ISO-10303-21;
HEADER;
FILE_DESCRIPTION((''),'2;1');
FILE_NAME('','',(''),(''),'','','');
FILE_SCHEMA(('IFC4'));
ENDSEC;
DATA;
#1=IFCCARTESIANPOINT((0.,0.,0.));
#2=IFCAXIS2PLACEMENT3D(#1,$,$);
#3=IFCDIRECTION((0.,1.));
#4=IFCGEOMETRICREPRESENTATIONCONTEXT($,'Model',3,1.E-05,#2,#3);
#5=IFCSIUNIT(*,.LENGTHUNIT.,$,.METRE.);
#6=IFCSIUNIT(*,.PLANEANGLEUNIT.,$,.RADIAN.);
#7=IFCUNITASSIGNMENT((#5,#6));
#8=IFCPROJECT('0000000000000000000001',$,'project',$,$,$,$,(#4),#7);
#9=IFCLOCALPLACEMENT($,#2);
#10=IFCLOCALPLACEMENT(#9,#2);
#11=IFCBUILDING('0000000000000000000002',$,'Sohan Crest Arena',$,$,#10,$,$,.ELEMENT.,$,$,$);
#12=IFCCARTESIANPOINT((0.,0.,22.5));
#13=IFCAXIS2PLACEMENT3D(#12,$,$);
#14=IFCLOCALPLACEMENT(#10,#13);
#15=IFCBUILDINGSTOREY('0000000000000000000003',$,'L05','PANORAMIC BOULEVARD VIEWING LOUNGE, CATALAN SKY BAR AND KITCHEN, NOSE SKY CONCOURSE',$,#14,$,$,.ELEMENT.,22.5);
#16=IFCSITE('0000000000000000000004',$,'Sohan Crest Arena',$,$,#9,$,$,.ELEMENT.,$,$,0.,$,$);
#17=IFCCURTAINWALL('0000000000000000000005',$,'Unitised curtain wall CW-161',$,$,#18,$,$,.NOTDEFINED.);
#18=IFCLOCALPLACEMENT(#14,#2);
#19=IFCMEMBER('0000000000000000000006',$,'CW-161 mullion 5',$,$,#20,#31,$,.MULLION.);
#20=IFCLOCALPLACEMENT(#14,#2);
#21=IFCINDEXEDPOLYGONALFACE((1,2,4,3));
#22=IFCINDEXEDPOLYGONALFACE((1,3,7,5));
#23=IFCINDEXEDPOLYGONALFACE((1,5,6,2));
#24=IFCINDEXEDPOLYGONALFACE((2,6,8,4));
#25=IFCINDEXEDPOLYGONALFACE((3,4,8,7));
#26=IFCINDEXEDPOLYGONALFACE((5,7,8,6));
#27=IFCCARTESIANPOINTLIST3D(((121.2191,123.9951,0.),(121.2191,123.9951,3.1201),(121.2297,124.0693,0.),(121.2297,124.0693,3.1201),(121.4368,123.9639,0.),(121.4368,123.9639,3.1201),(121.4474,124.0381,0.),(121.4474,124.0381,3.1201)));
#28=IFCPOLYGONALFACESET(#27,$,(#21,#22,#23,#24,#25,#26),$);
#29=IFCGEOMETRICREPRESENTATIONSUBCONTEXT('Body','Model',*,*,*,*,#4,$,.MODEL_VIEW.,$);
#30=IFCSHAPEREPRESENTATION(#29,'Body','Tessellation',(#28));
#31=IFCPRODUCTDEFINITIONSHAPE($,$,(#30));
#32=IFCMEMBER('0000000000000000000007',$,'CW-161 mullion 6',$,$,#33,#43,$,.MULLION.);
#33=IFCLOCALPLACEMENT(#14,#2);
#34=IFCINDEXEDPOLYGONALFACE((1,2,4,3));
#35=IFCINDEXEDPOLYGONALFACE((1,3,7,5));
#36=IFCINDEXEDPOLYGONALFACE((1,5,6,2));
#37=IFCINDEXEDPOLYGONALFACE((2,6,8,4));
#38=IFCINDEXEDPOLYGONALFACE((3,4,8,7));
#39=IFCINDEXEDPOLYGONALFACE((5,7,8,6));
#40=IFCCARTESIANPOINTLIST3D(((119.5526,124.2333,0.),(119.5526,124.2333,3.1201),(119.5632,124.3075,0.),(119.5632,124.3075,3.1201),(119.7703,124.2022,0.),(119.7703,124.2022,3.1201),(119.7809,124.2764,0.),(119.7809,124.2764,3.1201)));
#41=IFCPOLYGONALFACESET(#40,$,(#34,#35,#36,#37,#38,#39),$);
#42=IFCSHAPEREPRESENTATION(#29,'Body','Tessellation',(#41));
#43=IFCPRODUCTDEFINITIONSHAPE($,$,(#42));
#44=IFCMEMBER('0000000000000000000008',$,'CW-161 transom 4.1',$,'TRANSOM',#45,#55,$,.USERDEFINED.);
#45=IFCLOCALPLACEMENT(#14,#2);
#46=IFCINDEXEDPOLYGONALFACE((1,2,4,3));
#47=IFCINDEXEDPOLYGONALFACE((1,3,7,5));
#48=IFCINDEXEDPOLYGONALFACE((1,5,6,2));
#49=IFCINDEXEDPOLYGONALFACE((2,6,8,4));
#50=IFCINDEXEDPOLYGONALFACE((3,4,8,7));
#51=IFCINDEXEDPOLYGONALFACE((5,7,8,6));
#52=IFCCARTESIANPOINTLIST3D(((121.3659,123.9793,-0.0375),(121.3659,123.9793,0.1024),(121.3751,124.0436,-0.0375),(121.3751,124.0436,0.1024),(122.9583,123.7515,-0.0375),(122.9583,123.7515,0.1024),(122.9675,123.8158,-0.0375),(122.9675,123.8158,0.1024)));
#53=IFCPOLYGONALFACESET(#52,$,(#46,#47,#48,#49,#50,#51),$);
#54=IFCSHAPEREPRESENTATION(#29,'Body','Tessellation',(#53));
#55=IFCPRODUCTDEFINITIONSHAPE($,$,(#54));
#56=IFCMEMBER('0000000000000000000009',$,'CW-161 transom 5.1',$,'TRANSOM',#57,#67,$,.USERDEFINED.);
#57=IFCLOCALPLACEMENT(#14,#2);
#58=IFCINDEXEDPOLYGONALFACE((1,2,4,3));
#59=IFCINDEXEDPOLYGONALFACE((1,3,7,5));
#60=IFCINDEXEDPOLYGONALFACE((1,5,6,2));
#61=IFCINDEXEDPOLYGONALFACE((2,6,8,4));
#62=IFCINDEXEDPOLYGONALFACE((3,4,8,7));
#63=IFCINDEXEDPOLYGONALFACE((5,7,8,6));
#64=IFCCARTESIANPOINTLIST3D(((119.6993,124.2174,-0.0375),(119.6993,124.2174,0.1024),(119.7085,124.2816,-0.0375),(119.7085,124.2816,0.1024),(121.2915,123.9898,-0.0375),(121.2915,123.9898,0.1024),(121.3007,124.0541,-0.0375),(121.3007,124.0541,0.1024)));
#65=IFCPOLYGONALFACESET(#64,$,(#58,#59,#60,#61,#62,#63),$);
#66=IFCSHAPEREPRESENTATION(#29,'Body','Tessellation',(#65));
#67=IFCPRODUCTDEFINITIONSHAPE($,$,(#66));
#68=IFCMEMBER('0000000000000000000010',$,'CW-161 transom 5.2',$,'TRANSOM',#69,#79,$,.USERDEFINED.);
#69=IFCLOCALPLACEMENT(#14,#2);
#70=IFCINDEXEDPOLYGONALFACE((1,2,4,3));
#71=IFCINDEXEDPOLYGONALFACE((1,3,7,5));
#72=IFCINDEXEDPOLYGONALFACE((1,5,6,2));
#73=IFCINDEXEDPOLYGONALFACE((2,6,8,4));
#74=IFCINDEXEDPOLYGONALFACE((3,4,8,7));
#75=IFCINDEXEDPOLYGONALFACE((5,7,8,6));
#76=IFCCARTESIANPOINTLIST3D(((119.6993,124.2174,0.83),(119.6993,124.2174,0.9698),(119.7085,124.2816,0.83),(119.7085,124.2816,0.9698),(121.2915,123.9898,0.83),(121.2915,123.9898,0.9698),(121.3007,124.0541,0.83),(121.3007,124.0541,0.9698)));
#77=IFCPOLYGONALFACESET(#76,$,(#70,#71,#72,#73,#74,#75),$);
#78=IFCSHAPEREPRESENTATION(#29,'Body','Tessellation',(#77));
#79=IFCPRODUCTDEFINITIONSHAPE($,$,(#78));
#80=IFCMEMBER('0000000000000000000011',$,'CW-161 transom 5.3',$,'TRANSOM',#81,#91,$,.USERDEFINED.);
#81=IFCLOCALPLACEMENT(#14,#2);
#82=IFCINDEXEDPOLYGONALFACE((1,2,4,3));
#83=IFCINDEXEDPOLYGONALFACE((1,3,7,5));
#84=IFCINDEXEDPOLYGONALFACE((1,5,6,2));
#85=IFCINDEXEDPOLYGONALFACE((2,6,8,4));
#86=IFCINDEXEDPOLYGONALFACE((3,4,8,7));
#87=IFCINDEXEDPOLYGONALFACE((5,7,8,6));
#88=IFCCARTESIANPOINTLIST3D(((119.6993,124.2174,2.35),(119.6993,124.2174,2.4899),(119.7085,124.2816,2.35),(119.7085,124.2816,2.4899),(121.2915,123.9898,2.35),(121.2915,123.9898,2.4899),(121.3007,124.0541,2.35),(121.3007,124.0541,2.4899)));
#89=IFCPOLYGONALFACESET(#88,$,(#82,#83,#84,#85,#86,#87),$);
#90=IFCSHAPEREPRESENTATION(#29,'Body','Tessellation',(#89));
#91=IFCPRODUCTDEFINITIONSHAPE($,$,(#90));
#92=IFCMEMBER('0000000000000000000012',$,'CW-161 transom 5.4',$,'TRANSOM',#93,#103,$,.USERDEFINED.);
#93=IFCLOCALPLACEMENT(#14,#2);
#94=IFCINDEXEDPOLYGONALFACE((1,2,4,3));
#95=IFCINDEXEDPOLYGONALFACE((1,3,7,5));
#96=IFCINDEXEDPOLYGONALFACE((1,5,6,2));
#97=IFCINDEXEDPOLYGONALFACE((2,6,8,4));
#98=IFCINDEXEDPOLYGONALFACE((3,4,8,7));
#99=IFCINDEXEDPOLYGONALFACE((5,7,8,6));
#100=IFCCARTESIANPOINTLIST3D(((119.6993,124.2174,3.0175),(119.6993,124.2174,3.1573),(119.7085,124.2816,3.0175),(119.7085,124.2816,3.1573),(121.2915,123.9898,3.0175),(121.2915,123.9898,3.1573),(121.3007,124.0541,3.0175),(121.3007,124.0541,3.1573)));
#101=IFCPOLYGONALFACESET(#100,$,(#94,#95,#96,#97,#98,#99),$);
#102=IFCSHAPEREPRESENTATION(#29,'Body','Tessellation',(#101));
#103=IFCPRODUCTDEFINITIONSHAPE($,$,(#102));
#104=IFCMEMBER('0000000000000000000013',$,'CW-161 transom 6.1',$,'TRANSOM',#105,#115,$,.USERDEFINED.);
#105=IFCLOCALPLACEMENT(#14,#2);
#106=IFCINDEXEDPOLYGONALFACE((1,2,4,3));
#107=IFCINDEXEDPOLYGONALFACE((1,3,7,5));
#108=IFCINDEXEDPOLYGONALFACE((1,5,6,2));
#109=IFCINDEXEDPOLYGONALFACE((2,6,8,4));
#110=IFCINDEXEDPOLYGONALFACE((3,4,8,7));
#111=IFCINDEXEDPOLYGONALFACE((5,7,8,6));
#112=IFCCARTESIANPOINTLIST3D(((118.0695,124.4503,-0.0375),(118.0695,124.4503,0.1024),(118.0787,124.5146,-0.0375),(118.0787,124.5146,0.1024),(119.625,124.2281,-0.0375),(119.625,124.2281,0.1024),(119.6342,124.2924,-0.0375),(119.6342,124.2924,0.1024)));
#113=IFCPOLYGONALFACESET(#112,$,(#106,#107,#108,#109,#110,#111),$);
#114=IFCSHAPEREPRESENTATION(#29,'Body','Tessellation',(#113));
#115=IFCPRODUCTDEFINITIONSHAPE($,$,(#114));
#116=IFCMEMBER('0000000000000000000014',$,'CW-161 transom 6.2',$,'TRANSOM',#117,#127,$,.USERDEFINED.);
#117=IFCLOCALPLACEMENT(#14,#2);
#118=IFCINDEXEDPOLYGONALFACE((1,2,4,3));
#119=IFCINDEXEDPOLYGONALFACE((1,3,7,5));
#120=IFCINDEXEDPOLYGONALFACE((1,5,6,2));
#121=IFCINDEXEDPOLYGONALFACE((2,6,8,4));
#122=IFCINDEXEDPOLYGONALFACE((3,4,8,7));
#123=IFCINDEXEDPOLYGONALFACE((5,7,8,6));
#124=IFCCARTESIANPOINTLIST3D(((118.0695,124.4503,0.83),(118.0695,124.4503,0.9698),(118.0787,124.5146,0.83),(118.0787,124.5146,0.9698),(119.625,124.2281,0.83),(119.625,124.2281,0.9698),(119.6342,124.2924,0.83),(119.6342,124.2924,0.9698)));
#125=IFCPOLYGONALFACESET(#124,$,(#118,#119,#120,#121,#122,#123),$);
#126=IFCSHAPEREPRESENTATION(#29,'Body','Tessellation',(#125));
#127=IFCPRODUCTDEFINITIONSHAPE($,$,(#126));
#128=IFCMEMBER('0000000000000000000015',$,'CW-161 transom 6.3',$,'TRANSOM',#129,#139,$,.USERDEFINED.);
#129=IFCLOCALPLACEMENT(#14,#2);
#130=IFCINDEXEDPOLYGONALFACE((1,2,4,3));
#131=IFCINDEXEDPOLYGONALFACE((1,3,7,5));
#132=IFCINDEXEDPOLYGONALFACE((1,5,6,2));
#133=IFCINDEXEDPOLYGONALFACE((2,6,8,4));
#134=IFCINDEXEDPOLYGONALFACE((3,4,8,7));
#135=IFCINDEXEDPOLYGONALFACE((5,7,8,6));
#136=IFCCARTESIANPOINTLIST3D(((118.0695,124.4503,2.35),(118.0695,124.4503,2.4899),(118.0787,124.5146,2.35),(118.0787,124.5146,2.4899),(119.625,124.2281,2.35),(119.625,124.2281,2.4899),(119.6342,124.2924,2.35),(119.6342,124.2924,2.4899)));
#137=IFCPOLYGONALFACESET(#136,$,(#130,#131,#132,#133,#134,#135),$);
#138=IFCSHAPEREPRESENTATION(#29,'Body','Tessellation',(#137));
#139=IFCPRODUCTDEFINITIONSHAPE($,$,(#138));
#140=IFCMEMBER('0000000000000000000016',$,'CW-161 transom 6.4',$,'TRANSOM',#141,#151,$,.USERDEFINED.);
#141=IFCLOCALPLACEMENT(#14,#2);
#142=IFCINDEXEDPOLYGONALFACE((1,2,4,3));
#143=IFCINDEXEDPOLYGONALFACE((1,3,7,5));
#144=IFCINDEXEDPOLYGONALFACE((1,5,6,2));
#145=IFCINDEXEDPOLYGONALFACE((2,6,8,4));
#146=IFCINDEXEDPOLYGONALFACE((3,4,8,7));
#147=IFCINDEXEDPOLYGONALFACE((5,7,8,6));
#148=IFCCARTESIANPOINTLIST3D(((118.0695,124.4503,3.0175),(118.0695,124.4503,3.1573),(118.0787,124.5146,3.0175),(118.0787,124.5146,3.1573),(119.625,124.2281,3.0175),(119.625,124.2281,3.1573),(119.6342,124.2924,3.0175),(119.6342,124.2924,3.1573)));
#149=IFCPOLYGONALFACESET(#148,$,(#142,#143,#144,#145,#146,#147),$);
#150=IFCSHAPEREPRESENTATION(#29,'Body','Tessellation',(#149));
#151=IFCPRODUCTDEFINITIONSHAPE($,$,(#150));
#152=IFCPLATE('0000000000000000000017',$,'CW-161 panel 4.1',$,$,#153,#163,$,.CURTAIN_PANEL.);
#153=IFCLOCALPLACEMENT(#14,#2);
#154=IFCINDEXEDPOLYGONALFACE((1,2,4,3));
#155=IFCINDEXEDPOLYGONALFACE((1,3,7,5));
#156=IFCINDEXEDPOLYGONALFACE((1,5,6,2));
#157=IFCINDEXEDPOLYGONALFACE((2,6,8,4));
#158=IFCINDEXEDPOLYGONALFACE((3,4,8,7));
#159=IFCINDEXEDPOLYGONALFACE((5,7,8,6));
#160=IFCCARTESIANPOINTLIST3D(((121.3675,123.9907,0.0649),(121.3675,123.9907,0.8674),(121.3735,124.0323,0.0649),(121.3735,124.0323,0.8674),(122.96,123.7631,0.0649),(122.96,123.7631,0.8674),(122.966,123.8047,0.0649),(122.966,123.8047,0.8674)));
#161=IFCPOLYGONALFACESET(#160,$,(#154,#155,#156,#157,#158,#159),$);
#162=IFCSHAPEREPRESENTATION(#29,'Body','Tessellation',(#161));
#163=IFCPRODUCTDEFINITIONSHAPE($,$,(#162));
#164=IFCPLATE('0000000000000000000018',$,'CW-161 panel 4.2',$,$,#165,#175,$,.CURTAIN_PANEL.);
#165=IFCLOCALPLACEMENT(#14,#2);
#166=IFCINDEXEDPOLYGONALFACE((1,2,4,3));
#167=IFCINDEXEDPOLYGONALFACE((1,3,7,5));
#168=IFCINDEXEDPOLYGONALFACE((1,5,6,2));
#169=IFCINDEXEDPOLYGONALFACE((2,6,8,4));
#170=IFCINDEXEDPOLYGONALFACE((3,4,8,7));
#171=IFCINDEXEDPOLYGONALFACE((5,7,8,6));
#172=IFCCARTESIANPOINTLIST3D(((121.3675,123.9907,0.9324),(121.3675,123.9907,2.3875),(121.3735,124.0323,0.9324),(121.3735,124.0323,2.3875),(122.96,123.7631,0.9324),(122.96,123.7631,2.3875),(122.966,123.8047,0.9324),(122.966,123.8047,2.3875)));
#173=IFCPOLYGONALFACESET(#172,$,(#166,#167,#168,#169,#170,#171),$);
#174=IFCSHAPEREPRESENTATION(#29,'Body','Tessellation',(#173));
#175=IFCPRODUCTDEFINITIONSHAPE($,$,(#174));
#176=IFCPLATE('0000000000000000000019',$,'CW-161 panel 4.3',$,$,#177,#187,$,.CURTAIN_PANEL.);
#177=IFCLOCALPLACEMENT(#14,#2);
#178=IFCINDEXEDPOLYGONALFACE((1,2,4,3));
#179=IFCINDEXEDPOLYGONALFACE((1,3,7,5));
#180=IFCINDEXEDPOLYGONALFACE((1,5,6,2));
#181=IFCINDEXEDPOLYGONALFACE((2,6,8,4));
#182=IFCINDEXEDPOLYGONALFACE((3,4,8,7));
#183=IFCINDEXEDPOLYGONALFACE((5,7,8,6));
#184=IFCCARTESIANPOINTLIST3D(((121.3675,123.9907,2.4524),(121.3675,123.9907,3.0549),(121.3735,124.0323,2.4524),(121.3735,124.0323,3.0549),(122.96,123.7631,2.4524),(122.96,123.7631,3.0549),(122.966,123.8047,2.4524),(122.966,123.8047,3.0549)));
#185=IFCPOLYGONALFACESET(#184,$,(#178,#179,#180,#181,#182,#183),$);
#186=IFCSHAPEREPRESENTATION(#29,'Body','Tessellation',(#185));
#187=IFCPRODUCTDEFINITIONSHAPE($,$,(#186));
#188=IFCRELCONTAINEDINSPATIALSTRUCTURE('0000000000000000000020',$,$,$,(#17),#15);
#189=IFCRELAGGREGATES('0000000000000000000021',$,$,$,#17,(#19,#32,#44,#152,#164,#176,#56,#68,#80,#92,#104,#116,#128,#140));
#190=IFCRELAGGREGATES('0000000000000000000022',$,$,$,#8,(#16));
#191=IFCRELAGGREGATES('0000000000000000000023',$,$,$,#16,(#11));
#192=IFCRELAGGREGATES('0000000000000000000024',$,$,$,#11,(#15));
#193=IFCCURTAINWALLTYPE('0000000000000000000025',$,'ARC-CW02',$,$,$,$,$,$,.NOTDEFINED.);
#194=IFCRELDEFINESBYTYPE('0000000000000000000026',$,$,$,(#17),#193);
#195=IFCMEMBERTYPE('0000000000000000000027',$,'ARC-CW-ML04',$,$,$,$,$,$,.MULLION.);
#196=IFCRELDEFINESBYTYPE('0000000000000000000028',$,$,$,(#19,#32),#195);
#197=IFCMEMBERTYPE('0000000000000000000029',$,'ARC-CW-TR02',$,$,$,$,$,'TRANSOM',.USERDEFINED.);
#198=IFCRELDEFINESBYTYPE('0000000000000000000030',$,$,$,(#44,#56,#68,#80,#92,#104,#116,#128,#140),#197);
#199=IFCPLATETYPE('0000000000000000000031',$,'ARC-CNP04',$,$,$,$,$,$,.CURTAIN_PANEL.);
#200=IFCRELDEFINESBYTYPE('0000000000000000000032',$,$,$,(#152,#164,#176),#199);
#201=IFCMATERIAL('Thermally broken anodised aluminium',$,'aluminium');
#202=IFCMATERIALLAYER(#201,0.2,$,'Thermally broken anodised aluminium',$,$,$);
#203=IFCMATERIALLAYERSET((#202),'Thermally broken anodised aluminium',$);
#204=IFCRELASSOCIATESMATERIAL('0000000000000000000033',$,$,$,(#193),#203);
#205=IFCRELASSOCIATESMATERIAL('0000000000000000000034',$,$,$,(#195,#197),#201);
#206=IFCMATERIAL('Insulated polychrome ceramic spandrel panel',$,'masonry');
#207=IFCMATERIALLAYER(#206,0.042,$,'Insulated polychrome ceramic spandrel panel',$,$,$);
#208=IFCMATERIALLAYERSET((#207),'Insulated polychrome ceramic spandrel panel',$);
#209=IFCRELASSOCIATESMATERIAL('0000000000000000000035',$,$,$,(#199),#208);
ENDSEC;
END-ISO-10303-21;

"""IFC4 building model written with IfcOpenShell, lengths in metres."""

from ifc_helpers import new_model, si_unit, direction, frame, origin, origin_2d, place, context, subcontext, project, spatial, rectangle, extrude, material, layer, layer_set, material_profile, profile_set, type_object, element, aggregate, save


model = new_model("IFC4")

# Units and contexts
model_context = context("Model", 3, precision=1e-05, world=origin(), true_north=direction((0.0, 1.0)))
body_context = subcontext(model_context, "Body", "Model", "MODEL_VIEW")
ifc_project = project(units=[si_unit("LENGTHUNIT", "METRE"), si_unit("PLANEANGLEUNIT", "RADIAN")], contexts=[model_context])

# Site, building, storey
site_placement = place(None, origin())
site = spatial("IfcSite", under=ifc_project, at=site_placement, Name="Sohan Crest Arena", CompositionType="ELEMENT", RefElevation=0.0)
building_placement = place(site_placement, origin())
building = spatial("IfcBuilding", under=site, at=building_placement, Name="Sohan Crest Arena", CompositionType="ELEMENT")
storey_placement = place(building_placement, frame((0.0, 0.0, 22.5)))
storey = spatial("IfcBuildingStorey", under=building, at=storey_placement, Name="L05", Description="PANORAMIC BOULEVARD VIEWING LOUNGE, CATALAN SKY BAR AND KITCHEN, NOSE SKY CONCOURSE", CompositionType="ELEMENT", Elevation=22.5)

# Curtain wall, members, plates
ifc_material_1 = material(Name="Thermally broken anodised aluminium", Category="aluminium")
ifc_layer_1 = layer(ifc_material_1, 0.2, Name="Thermally broken anodised aluminium")
ifc_layer_set_1 = layer_set([ifc_layer_1], Name="Thermally broken anodised aluminium")
curtain_wall_type = type_object("IfcCurtainWallType", Name="ARC-CW02", PredefinedType="NOTDEFINED", material=ifc_layer_set_1)
curtain_wall_placement = place(storey_placement, origin())
curtain_wall = element("IfcCurtainWall", 1, at=curtain_wall_placement, inside=storey, type_object=curtain_wall_type, Name="Unitised curtain wall CW-161", PredefinedType="NOTDEFINED")
ifc_material_profile_1 = material_profile(ifc_material_1, rectangle(XDim=0.075, YDim=0.22, at=origin_2d()), Name="ALU-MULL 75x220")
ifc_profile_set_1 = profile_set([ifc_material_profile_1], Name="Thermally broken anodised aluminium")
member_type_1 = type_object("IfcMemberType", Name="ARC-CW-ML04", PredefinedType="MULLION", material=ifc_profile_set_1)
member_1_placement = place(storey_placement, frame((121.3333, 124.0166, 0.0), z_axis=(0.0, 0.0, 1.0), x_axis=(-0.141463, -0.989944, 0.0)))
member_1 = element("IfcMember", 2, at=member_1_placement, type_object=member_type_1, Name="CW-161 mullion 5", PredefinedType="MULLION", context=body_context, shape_type="SweptSolid", body=[
    extrude(rectangle(XDim=0.075, YDim=0.22, at=origin_2d()), origin(), (0.0, 0.0, 1.0), 3.1201),
])
member_2_placement = place(storey_placement, frame((119.6667, 124.2549, 0.0), z_axis=(0.0, 0.0, 1.0), x_axis=(-0.141463, -0.989944, 0.0)))
member_2 = element("IfcMember", 3, at=member_2_placement, type_object=member_type_1, Name="CW-161 mullion 6", PredefinedType="MULLION", context=body_context, shape_type="SweptSolid", body=[
    extrude(rectangle(XDim=0.075, YDim=0.22, at=origin_2d()), origin(), (0.0, 0.0, 1.0), 3.1201),
])
ifc_material_profile_2 = material_profile(ifc_material_1, rectangle(XDim=0.0649, YDim=0.1399, at=origin_2d()), Name="ALU-TRAN 65x140")
ifc_profile_set_2 = profile_set([ifc_material_profile_2], Name="Thermally broken anodised aluminium")
member_type_2 = type_object("IfcMemberType", Name="ARC-CW-TR02", ElementType="TRANSOM", PredefinedType="USERDEFINED", material=ifc_profile_set_2)
member_3_placement = place(storey_placement, frame((122.9629, 123.7837, 0.0325), z_axis=(-0.989925, 0.141591, 0.0), x_axis=(-0.141591, -0.989925, 0.0)))
member_3 = element("IfcMember", 4, at=member_3_placement, type_object=member_type_2, Name="CW-161 transom 4.1", ObjectType="TRANSOM", PredefinedType="USERDEFINED", context=body_context, shape_type="SweptSolid", body=[
    extrude(rectangle(XDim=0.0649, YDim=0.1399, at=origin_2d()), origin(), (0.0, 0.0, 1.0), 1.6086),
])
member_4_placement = place(storey_placement, frame((121.2961, 124.022, 0.0325), z_axis=(-0.989943, 0.141464, 0.0), x_axis=(-0.141464, -0.989943, 0.0)))
member_4 = element("IfcMember", 5, at=member_4_placement, type_object=member_type_2, Name="CW-161 transom 5.1", ObjectType="TRANSOM", PredefinedType="USERDEFINED", context=body_context, shape_type="SweptSolid", body=[
    extrude(rectangle(XDim=0.0649, YDim=0.1399, at=origin_2d()), origin(), (0.0, 0.0, 1.0), 1.6084),
])
member_5_placement = place(storey_placement, frame((121.2961, 124.022, 0.8999), z_axis=(-0.989943, 0.141464, 0.0), x_axis=(-0.141464, -0.989943, 0.0)))
member_5 = element("IfcMember", 6, at=member_5_placement, type_object=member_type_2, Name="CW-161 transom 5.2", ObjectType="TRANSOM", PredefinedType="USERDEFINED", context=body_context, shape_type="SweptSolid", body=[
    extrude(rectangle(XDim=0.0649, YDim=0.1399, at=origin_2d()), origin(), (0.0, 0.0, 1.0), 1.6084),
])
member_6_placement = place(storey_placement, frame((121.2961, 124.022, 2.4199), z_axis=(-0.989943, 0.141464, 0.0), x_axis=(-0.141464, -0.989943, 0.0)))
member_6 = element("IfcMember", 7, at=member_6_placement, type_object=member_type_2, Name="CW-161 transom 5.3", ObjectType="TRANSOM", PredefinedType="USERDEFINED", context=body_context, shape_type="SweptSolid", body=[
    extrude(rectangle(XDim=0.0649, YDim=0.1399, at=origin_2d()), origin(), (0.0, 0.0, 1.0), 1.6084),
])
member_7_placement = place(storey_placement, frame((121.2961, 124.022, 3.0874), z_axis=(-0.989943, 0.141464, 0.0), x_axis=(-0.141464, -0.989943, 0.0)))
member_7 = element("IfcMember", 8, at=member_7_placement, type_object=member_type_2, Name="CW-161 transom 5.4", ObjectType="TRANSOM", PredefinedType="USERDEFINED", context=body_context, shape_type="SweptSolid", body=[
    extrude(rectangle(XDim=0.0649, YDim=0.1399, at=origin_2d()), origin(), (0.0, 0.0, 1.0), 1.6084),
])
member_8_placement = place(storey_placement, frame((119.6296, 124.2603, 0.0325), z_axis=(-0.989953, 0.1414, 0.0), x_axis=(-0.1414, -0.989953, 0.0)))
member_8 = element("IfcMember", 9, at=member_8_placement, type_object=member_type_2, Name="CW-161 transom 6.1", ObjectType="TRANSOM", PredefinedType="USERDEFINED", context=body_context, shape_type="SweptSolid", body=[
    extrude(rectangle(XDim=0.0649, YDim=0.1399, at=origin_2d()), origin(), (0.0, 0.0, 1.0), 1.5713),
])
member_9_placement = place(storey_placement, frame((119.6296, 124.2603, 0.8999), z_axis=(-0.989953, 0.1414, 0.0), x_axis=(-0.1414, -0.989953, 0.0)))
member_9 = element("IfcMember", 10, at=member_9_placement, type_object=member_type_2, Name="CW-161 transom 6.2", ObjectType="TRANSOM", PredefinedType="USERDEFINED", context=body_context, shape_type="SweptSolid", body=[
    extrude(rectangle(XDim=0.0649, YDim=0.1399, at=origin_2d()), origin(), (0.0, 0.0, 1.0), 1.5713),
])
member_10_placement = place(storey_placement, frame((119.6296, 124.2603, 2.4199), z_axis=(-0.989953, 0.1414, 0.0), x_axis=(-0.1414, -0.989953, 0.0)))
member_10 = element("IfcMember", 11, at=member_10_placement, type_object=member_type_2, Name="CW-161 transom 6.3", ObjectType="TRANSOM", PredefinedType="USERDEFINED", context=body_context, shape_type="SweptSolid", body=[
    extrude(rectangle(XDim=0.0649, YDim=0.1399, at=origin_2d()), origin(), (0.0, 0.0, 1.0), 1.5713),
])
member_11_placement = place(storey_placement, frame((119.6296, 124.2603, 3.0874), z_axis=(-0.989953, 0.1414, 0.0), x_axis=(-0.1414, -0.989953, 0.0)))
member_11 = element("IfcMember", 12, at=member_11_placement, type_object=member_type_2, Name="CW-161 transom 6.4", ObjectType="TRANSOM", PredefinedType="USERDEFINED", context=body_context, shape_type="SweptSolid", body=[
    extrude(rectangle(XDim=0.0649, YDim=0.1399, at=origin_2d()), origin(), (0.0, 0.0, 1.0), 1.5713),
])
ifc_material_2 = material(Name="Insulated polychrome ceramic spandrel panel", Category="masonry")
ifc_layer_2 = layer(ifc_material_2, 0.042, Name="Insulated polychrome ceramic spandrel panel")
ifc_layer_set_2 = layer_set([ifc_layer_2], Name="Insulated polychrome ceramic spandrel panel")
plate_type = type_object("IfcPlateType", Name="ARC-CNP04", PredefinedType="CURTAIN_PANEL", material=ifc_layer_set_2)
plate_1_placement = place(storey_placement, frame((122.1667, 123.8977, 0.0649), z_axis=(0.0, 0.0, 1.0), x_axis=(-0.989944, 0.141463, 0.0)))
plate_1 = element("IfcPlate", 13, at=plate_1_placement, type_object=plate_type, Name="CW-161 panel 4.1", PredefinedType="CURTAIN_PANEL", context=body_context, shape_type="SweptSolid", body=[
    extrude(rectangle(XDim=1.6086, YDim=0.042, at=origin_2d()), origin(), (0.0, 0.0, 1.0), 0.8025),
])
plate_2_placement = place(storey_placement, frame((122.1667, 123.8977, 0.9324), z_axis=(0.0, 0.0, 1.0), x_axis=(-0.989944, 0.141463, 0.0)))
plate_2 = element("IfcPlate", 14, at=plate_2_placement, type_object=plate_type, Name="CW-161 panel 4.2", PredefinedType="CURTAIN_PANEL", context=body_context, shape_type="SweptSolid", body=[
    extrude(rectangle(XDim=1.6086, YDim=0.042, at=origin_2d()), origin(), (0.0, 0.0, 1.0), 1.4551),
])
plate_3_placement = place(storey_placement, frame((122.1667, 123.8977, 2.4524), z_axis=(0.0, 0.0, 1.0), x_axis=(-0.989944, 0.141463, 0.0)))
plate_3 = element("IfcPlate", 15, at=plate_3_placement, type_object=plate_type, Name="CW-161 panel 4.3", PredefinedType="CURTAIN_PANEL", context=body_context, shape_type="SweptSolid", body=[
    extrude(rectangle(XDim=1.6086, YDim=0.042, at=origin_2d()), origin(), (0.0, 0.0, 1.0), 0.6025),
])
aggregate(curtain_wall, [member_1, member_2, member_3, plate_1, plate_2, plate_3, member_4, member_5, member_6, member_7, member_8, member_9, member_10, member_11])

save(model, "model.ifc")
